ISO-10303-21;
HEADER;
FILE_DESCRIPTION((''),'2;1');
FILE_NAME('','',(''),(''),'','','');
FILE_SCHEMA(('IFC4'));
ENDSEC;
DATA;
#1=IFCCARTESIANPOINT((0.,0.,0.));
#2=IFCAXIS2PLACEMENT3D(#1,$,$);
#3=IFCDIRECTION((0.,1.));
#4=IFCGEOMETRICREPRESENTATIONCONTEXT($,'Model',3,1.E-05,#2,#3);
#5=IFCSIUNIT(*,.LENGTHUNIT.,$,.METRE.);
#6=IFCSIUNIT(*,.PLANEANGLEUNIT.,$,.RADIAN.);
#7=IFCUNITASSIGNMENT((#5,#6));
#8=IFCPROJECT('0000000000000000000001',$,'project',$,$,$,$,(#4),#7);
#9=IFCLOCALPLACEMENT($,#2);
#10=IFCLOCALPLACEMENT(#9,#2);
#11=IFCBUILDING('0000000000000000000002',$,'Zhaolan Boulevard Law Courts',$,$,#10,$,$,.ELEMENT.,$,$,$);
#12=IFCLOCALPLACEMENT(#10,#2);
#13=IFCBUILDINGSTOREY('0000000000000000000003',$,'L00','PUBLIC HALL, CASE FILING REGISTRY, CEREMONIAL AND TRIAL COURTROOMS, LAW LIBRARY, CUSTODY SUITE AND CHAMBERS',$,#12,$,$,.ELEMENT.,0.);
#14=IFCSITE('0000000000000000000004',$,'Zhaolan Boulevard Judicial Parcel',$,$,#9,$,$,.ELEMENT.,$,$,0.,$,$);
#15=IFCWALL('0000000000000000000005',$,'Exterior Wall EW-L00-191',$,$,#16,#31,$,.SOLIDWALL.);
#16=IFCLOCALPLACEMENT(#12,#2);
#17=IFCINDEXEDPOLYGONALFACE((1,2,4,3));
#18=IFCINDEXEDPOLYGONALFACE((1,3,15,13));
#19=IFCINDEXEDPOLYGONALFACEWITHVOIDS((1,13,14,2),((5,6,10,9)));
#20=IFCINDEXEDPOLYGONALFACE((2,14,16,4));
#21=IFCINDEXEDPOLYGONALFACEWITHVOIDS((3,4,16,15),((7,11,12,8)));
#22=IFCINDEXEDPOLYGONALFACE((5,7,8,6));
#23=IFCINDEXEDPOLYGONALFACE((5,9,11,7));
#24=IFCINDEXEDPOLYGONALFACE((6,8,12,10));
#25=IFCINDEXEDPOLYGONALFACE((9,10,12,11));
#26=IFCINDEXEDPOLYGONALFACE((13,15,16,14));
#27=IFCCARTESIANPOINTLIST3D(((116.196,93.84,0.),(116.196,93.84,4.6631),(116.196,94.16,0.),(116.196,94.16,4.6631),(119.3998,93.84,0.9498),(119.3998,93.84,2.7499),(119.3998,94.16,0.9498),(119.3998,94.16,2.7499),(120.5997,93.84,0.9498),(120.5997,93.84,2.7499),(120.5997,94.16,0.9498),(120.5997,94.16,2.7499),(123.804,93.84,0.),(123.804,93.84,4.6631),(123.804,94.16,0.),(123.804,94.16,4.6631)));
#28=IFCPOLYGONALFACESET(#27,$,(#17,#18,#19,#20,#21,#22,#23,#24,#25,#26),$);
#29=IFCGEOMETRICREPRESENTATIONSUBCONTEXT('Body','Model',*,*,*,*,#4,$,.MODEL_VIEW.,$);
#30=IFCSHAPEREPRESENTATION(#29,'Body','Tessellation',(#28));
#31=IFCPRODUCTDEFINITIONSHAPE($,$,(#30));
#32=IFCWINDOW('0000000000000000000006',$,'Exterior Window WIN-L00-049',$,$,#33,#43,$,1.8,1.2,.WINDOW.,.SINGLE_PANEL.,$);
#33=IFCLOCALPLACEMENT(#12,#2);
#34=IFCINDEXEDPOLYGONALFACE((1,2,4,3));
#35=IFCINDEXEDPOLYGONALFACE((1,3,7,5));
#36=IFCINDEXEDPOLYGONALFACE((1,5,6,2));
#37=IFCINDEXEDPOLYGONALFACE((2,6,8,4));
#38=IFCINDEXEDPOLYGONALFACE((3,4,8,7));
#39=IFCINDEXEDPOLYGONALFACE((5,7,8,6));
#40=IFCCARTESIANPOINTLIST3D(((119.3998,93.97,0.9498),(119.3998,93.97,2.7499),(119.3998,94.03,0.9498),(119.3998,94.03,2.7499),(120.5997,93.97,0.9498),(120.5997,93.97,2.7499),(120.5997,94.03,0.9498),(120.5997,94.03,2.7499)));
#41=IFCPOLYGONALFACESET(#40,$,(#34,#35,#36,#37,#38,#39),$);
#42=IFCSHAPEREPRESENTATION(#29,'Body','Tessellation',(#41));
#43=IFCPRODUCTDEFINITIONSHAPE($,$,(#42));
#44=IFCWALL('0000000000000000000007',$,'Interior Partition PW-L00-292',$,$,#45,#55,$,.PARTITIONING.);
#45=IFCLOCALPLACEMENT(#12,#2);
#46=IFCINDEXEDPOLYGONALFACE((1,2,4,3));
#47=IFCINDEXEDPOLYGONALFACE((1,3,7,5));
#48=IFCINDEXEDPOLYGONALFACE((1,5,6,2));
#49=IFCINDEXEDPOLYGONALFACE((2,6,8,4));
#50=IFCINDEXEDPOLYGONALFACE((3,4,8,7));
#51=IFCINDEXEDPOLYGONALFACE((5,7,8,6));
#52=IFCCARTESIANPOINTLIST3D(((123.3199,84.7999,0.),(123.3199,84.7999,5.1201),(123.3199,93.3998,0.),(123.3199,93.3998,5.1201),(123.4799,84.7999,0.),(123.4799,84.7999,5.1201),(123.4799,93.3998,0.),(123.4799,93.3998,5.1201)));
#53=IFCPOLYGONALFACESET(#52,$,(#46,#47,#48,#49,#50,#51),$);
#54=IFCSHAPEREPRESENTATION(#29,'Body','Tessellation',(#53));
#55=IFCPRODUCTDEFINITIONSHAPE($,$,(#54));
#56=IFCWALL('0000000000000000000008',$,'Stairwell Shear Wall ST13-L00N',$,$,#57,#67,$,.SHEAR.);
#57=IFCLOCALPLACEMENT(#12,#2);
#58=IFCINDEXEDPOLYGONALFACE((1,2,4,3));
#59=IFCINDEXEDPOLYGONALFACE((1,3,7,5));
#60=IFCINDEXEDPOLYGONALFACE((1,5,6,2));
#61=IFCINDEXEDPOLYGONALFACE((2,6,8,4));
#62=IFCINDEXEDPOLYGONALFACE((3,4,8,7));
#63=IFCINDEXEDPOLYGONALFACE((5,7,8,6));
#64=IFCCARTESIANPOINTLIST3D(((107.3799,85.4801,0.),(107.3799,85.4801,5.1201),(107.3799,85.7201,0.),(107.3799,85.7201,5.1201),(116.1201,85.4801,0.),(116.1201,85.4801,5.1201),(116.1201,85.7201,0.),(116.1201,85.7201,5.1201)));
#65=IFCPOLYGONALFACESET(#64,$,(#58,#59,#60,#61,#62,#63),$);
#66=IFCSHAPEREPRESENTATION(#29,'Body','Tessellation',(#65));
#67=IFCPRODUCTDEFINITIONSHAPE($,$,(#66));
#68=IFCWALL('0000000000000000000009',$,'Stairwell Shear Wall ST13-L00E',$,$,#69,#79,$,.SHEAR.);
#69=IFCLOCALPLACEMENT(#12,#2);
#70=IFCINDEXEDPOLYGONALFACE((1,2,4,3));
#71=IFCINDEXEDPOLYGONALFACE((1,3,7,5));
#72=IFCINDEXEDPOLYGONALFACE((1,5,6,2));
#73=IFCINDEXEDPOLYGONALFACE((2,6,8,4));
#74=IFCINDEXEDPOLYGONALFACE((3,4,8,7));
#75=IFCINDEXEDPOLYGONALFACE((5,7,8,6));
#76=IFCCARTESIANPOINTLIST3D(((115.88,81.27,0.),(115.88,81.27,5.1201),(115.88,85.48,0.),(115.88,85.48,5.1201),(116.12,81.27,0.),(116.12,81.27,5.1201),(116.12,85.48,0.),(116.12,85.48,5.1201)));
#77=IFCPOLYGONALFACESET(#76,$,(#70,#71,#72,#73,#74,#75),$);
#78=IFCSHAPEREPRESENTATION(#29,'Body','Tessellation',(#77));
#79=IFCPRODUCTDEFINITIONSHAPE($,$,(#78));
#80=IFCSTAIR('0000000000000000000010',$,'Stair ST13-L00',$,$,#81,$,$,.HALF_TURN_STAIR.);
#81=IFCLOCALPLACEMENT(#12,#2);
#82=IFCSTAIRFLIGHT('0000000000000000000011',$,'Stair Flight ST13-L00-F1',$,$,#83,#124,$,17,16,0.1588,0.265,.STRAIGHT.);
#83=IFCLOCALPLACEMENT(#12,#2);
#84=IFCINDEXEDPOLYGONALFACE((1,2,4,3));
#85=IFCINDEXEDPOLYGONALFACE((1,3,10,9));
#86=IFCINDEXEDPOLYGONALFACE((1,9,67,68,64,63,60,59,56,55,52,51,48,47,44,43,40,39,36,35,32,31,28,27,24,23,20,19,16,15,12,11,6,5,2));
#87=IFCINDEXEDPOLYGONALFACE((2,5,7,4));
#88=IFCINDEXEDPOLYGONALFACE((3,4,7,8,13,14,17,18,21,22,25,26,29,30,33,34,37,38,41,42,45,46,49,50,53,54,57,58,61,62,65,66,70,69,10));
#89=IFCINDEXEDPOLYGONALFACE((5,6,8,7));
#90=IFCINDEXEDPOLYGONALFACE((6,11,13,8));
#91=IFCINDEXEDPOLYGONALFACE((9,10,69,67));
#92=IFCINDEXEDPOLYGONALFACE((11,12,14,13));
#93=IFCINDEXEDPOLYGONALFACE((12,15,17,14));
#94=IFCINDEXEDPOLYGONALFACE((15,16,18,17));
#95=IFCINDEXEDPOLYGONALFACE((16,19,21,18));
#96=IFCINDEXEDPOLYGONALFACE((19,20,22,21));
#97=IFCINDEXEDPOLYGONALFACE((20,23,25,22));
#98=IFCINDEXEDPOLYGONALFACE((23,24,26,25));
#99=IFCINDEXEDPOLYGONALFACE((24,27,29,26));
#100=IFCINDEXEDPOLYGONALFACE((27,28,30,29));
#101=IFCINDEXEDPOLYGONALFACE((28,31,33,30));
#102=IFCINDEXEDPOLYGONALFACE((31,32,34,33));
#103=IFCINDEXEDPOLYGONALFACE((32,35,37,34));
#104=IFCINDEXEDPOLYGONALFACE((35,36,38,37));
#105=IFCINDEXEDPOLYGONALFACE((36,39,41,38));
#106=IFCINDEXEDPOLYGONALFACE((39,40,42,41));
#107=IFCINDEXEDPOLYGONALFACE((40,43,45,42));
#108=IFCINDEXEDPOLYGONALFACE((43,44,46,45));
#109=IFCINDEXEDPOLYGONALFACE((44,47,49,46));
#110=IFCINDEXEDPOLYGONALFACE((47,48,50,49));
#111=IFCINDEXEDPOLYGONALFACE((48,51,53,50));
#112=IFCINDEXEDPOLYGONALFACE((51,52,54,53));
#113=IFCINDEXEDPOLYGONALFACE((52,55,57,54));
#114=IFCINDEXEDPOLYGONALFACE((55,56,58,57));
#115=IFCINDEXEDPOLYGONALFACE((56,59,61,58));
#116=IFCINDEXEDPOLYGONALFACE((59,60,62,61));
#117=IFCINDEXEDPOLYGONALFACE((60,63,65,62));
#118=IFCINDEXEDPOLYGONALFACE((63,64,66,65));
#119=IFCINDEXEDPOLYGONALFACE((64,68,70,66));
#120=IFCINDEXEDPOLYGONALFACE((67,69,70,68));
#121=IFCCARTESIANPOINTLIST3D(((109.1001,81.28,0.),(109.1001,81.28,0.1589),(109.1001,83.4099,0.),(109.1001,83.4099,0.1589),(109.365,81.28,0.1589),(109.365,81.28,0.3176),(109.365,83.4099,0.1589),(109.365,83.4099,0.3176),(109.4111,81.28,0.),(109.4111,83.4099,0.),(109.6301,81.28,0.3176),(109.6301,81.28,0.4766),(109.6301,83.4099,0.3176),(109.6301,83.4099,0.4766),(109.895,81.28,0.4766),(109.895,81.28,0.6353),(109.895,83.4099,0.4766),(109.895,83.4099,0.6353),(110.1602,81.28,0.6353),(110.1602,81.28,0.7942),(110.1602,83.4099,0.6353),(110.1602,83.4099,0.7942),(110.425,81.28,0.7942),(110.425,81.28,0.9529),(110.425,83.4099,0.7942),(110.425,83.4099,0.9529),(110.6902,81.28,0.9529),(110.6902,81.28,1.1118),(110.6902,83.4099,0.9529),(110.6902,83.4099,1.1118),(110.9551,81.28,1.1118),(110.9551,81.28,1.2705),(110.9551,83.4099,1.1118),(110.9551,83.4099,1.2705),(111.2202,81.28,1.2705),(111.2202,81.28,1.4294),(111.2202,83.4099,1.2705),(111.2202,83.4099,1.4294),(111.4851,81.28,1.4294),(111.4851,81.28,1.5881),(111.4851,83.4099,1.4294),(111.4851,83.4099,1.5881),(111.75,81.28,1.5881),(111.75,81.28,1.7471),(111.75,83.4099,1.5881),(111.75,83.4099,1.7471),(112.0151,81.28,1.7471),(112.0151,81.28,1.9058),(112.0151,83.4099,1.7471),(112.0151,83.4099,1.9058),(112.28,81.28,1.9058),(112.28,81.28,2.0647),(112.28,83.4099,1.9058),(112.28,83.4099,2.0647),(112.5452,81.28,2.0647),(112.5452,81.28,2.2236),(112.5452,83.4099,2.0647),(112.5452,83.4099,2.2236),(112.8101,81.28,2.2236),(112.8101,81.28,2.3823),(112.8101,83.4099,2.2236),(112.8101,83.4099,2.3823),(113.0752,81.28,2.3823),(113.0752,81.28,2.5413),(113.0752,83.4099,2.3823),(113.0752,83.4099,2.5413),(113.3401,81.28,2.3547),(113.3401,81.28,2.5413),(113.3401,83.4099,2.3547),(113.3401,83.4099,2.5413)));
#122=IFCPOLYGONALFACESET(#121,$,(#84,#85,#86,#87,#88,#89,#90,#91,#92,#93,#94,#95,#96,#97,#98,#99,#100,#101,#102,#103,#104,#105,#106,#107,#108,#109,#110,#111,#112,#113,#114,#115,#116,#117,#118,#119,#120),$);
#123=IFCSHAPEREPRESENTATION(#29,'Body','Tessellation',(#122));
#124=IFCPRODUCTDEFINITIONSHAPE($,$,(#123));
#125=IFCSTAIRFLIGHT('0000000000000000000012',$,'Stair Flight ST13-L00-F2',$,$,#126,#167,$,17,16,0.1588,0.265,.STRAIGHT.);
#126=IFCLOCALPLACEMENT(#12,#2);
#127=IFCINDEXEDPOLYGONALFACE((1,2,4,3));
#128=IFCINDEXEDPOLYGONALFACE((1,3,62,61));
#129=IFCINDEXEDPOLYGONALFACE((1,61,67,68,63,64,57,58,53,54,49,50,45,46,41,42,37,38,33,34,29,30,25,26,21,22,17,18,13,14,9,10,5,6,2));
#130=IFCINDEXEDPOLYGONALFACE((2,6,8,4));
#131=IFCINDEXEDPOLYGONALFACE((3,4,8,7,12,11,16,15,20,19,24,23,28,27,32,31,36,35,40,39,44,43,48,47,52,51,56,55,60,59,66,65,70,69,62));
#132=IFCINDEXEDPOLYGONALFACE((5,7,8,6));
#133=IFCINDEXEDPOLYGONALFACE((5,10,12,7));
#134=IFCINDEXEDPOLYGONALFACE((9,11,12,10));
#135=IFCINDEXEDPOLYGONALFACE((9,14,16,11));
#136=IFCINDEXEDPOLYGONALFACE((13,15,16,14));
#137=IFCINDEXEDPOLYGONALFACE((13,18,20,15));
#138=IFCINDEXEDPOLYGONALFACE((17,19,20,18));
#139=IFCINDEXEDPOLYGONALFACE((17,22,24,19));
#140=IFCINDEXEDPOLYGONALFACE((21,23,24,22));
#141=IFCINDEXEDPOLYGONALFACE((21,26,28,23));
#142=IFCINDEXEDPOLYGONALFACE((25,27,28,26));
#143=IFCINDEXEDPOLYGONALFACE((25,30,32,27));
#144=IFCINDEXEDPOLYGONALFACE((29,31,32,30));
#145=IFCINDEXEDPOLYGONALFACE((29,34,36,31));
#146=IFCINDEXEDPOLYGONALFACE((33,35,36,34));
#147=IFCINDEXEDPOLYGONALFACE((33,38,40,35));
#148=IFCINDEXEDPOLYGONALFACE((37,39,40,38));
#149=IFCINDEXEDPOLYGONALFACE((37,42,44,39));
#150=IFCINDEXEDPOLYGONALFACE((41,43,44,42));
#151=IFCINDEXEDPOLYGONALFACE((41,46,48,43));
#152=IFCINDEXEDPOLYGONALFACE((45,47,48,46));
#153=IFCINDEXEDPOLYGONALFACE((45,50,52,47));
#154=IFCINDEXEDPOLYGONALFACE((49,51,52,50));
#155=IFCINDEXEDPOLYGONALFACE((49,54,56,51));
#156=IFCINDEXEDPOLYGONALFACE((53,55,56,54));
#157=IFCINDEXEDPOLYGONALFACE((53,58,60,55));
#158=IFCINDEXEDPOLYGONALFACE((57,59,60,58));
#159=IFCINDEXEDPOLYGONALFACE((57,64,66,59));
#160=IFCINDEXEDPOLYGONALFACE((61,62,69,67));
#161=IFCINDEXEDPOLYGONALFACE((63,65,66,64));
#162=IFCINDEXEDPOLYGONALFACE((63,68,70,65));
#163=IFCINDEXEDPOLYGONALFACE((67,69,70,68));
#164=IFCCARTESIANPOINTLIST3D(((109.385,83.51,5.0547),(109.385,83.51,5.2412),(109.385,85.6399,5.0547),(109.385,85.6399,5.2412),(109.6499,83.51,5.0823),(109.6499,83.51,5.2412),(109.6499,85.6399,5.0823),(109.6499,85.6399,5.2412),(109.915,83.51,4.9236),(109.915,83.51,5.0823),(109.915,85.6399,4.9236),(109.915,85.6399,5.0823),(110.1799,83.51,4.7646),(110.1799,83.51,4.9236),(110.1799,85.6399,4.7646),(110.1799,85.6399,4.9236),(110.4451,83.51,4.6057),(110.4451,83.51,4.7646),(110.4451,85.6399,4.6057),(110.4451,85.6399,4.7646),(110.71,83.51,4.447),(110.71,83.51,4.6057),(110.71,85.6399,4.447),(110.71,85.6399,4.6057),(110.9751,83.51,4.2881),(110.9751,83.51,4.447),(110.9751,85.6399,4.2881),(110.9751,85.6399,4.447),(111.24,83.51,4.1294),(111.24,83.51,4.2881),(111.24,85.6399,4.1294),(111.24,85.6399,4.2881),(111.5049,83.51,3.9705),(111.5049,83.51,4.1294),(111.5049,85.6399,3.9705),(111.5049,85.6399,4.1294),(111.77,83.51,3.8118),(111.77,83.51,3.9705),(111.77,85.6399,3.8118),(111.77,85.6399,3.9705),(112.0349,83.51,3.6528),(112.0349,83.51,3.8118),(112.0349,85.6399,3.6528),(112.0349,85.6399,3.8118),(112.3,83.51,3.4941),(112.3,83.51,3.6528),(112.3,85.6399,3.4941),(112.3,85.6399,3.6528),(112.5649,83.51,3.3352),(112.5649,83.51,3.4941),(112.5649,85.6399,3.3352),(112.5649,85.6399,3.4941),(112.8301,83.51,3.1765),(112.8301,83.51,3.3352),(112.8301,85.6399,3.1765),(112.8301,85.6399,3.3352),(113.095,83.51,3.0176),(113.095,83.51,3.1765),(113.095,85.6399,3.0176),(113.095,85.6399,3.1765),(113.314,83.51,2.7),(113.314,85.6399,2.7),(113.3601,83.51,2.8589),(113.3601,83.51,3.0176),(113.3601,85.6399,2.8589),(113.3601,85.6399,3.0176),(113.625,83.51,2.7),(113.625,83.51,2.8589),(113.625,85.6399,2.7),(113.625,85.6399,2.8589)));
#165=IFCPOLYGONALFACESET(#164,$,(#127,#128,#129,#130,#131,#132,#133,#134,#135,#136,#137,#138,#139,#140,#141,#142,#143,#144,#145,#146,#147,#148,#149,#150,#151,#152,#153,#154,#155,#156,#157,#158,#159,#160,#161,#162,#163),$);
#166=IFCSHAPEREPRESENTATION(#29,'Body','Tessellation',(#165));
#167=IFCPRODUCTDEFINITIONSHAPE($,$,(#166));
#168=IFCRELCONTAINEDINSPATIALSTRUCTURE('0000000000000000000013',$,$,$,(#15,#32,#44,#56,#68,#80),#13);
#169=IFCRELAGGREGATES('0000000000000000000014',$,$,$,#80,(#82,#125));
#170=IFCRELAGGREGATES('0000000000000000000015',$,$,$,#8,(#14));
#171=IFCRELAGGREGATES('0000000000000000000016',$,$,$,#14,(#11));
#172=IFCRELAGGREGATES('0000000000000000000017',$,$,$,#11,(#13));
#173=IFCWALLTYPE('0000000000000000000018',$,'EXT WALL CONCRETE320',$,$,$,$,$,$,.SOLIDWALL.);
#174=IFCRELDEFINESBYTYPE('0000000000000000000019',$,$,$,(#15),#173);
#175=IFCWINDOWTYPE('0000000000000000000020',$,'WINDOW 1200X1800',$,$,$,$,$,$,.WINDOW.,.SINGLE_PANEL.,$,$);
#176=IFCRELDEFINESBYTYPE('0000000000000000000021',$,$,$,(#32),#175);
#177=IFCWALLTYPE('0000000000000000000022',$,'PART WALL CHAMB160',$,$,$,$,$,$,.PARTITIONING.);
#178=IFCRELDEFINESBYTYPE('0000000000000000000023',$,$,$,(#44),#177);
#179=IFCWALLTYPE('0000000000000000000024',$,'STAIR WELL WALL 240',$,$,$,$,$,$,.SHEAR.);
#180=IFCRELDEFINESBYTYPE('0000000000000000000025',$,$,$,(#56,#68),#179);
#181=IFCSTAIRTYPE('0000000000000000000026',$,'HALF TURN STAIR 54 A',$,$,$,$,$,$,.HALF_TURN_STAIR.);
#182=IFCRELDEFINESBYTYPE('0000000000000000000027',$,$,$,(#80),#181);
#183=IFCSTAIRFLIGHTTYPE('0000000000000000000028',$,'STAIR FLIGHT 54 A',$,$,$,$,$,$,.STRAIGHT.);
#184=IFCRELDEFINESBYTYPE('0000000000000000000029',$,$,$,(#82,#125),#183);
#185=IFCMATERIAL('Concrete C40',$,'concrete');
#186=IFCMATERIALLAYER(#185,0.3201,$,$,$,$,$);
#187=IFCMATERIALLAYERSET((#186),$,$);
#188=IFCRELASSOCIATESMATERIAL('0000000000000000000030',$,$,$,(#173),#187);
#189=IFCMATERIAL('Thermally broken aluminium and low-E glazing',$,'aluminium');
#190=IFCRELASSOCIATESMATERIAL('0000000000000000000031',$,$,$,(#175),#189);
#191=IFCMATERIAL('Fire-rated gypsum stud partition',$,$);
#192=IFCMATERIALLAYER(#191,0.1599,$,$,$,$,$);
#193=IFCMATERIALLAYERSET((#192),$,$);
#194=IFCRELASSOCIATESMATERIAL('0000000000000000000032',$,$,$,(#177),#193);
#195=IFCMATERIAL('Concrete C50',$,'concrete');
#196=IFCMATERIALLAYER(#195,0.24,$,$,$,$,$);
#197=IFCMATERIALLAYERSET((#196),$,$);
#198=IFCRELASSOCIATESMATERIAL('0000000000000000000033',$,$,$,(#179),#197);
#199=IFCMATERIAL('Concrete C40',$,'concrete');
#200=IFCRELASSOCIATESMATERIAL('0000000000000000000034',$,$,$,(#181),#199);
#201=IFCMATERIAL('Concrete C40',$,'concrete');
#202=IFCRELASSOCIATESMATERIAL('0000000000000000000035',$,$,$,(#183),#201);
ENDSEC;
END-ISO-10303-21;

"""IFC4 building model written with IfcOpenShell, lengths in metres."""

from ifc_helpers import new_model, si_unit, direction, frame, frame_2d, origin, place, context, subcontext, project, spatial, polyline, rectangle, outline, extrude, material, layer, layer_set, type_object, element, fill, aggregate, save


model = new_model("IFC4")

# Units and contexts
model_context = context("Model", 3, precision=1e-05, world=origin(), true_north=direction((0.0, 1.0)))
body_context = subcontext(model_context, "Body", "Model", "MODEL_VIEW")
ifc_project = project(units=[si_unit("LENGTHUNIT", "METRE"), si_unit("PLANEANGLEUNIT", "RADIAN")], contexts=[model_context])

# Site, building, storey
site_placement = place(None, origin())
site = spatial("IfcSite", under=ifc_project, at=site_placement, Name="Zhaolan Boulevard Judicial Parcel", CompositionType="ELEMENT", RefElevation=0.0)
building_placement = place(site_placement, origin())
building = spatial("IfcBuilding", under=site, at=building_placement, Name="Zhaolan Boulevard Law Courts", CompositionType="ELEMENT")
storey_placement = place(building_placement, origin())
storey = spatial("IfcBuildingStorey", under=building, at=storey_placement, Name="L00", Description="PUBLIC HALL, CASE FILING REGISTRY, CEREMONIAL AND TRIAL COURTROOMS, LAW LIBRARY, CUSTODY SUITE AND CHAMBERS", CompositionType="ELEMENT", Elevation=0.0)

# Wall, opening, window
ifc_material_1 = material(Name="Concrete C40", Category="concrete")
ifc_layer_1 = layer(ifc_material_1, 0.3201)
ifc_layer_set_1 = layer_set([ifc_layer_1])
wall_type_1 = type_object("IfcWallType", Name="EXT WALL CONCRETE320", PredefinedType="SOLIDWALL", material=ifc_layer_set_1)
wall_1_placement = place(storey_placement, frame((123.804, 94.0, 0.0), z_axis=(0.0, 0.0, 1.0), x_axis=(-1.0, 0.0, 0.0)))
wall_1 = element("IfcWall", 1, at=wall_1_placement, inside=storey, type_object=wall_type_1, Name="Exterior Wall EW-L00-191", PredefinedType="SOLIDWALL", context=body_context, shape_type="SweptSolid", body=[
    extrude(rectangle(XDim=7.6079, YDim=0.3201, at=frame_2d((3.804, 0.0))), origin(), (0.0, 0.0, 1.0), 4.6631),
])
opening_1_placement = place(wall_1_placement, frame((3.2041, 0.0, 0.95)))
opening_1 = element("IfcOpeningElement", 2, at=opening_1_placement, cuts=wall_1, PredefinedType="OPENING", context=body_context, shape_type="SweptSolid", body=[
    extrude(rectangle(XDim=1.2, YDim=1.8, at=frame_2d((0.6001, 0.8999))), frame((0.0, 0.1699, 0.0), z_axis=(0.0, -1.0, 0.0), x_axis=(1.0, 0.0, 0.0)), (0.0, 0.0, 1.0), 0.3401),
])
ifc_material_2 = material(Name="Thermally broken aluminium and low-E glazing", Category="aluminium")
window_type_1 = type_object("IfcWindowType", Name="WINDOW 1200X1800", PartitioningType="SINGLE_PANEL", PredefinedType="WINDOW", material=ifc_material_2)
window_1_placement = place(opening_1_placement, origin())
window_1 = element("IfcWindow", 3, at=window_1_placement, inside=storey, type_object=window_type_1, Name="Exterior Window WIN-L00-049", OverallHeight=1.8, OverallWidth=1.2, PartitioningType="SINGLE_PANEL", PredefinedType="WINDOW", context=body_context, shape_type="SweptSolid", body=[
    extrude(rectangle(XDim=1.2, YDim=1.8, at=frame_2d((0.6001, 0.8999))), frame((0.0, 0.03, 0.0), z_axis=(0.0, -1.0, 0.0), x_axis=(1.0, 0.0, 0.0)), (0.0, 0.0, 1.0), 0.0601),
])
fill(opening_1, window_1)

# Walls
ifc_material_3 = material(Name="Fire-rated gypsum stud partition")
ifc_layer_2 = layer(ifc_material_3, 0.1599)
ifc_layer_set_2 = layer_set([ifc_layer_2])
wall_type_2 = type_object("IfcWallType", Name="PART WALL CHAMB160", PredefinedType="PARTITIONING", material=ifc_layer_set_2)
wall_2_placement = place(storey_placement, frame((123.3999, 84.8, 0.0), z_axis=(0.0, 0.0, 1.0), x_axis=(0.0, 1.0, 0.0)))
element("IfcWall", 4, at=wall_2_placement, inside=storey, type_object=wall_type_2, Name="Interior Partition PW-L00-292", PredefinedType="PARTITIONING", context=body_context, shape_type="SweptSolid", body=[
    extrude(rectangle(XDim=8.5999, YDim=0.1599, at=frame_2d((4.2998, 0.0))), origin(), (0.0, 0.0, 1.0), 5.1201),
])
ifc_material_4 = material(Name="Concrete C50", Category="concrete")
ifc_layer_3 = layer(ifc_material_4, 0.24)
ifc_layer_set_3 = layer_set([ifc_layer_3])
wall_type_3 = type_object("IfcWallType", Name="STAIR WELL WALL 240", PredefinedType="SHEAR", material=ifc_layer_set_3)
wall_3_placement = place(storey_placement, frame((116.1201, 85.6001, 0.0), z_axis=(0.0, 0.0, 1.0), x_axis=(-1.0, 0.0, 0.0)))
element("IfcWall", 5, at=wall_3_placement, inside=storey, type_object=wall_type_3, Name="Stairwell Shear Wall ST13-L00N", PredefinedType="SHEAR", context=body_context, shape_type="SweptSolid", body=[
    extrude(rectangle(XDim=8.7402, YDim=0.24, at=frame_2d((4.3701, 0.0))), origin(), (0.0, 0.0, 1.0), 5.1201),
])
wall_4_placement = place(storey_placement, frame((116.0, 81.27, 0.0), z_axis=(0.0, 0.0, 1.0), x_axis=(0.0, 1.0, 0.0)))
element("IfcWall", 6, at=wall_4_placement, inside=storey, type_object=wall_type_3, Name="Stairwell Shear Wall ST13-L00E", PredefinedType="SHEAR", context=body_context, shape_type="SweptSolid", body=[
    extrude(rectangle(XDim=4.21, YDim=0.24, at=frame_2d((2.105, 0.0))), origin(), (0.0, 0.0, 1.0), 5.1201),
])

# Stair, stair flights
ifc_material_5 = material(Name="Concrete C40", Category="concrete")
stair_type = type_object("IfcStairType", Name="HALF TURN STAIR 54 A", PredefinedType="HALF_TURN_STAIR", material=ifc_material_5)
stair_placement = place(storey_placement, origin())
stair = element("IfcStair", 7, at=stair_placement, inside=storey, type_object=stair_type, Name="Stair ST13-L00", PredefinedType="HALF_TURN_STAIR")
ifc_material_6 = material(Name="Concrete C40", Category="concrete")
stair_flight_type = type_object("IfcStairFlightType", Name="STAIR FLIGHT 54 A", PredefinedType="STRAIGHT", material=ifc_material_6)
stair_flight_1_placement = place(storey_placement, frame((109.1001, 82.345, 0.0), z_axis=(0.0, 0.0, 1.0), x_axis=(1.0, 0.0, 0.0)))
stair_flight_1 = element("IfcStairFlight", 8, at=stair_flight_1_placement, type_object=stair_flight_type, Name="Stair Flight ST13-L00-F1", NumberOfRisers=17, NumberOfTreads=16, PredefinedType="STRAIGHT", RiserHeight=0.1588, TreadLength=0.265, context=body_context, shape_type="SweptSolid", body=[
    extrude(outline(polyline([(0.0, 0.0), (0.0, 0.1589), (0.2649, 0.1589), (0.2649, 0.3176), (0.53, 0.3176), (0.53, 0.4766), (0.7949, 0.4766), (0.7949, 0.6353), (1.0601, 0.6353), (1.0601, 0.7942), (1.325, 0.7942), (1.325, 0.9529), (1.5901, 0.9529), (1.5901, 1.1118), (1.855, 1.1118), (1.855, 1.2705), (2.1201, 1.2705), (2.1201, 1.4294), (2.385, 1.4294), (2.385, 1.5881), (2.6499, 1.5881), (2.6499, 1.7471), (2.915, 1.7471), (2.915, 1.9058), (3.1799, 1.9058), (3.1799, 2.0647), (3.4451, 2.0647), (3.4451, 2.2236), (3.71, 2.2236), (3.71, 2.3823), (3.9751, 2.3823), (3.9751, 2.5413), (4.24, 2.5413), (4.24, 2.7), (4.24, 2.3547), (0.311, 0.0), (0.0, 0.0)])), frame((0.0, 1.0649, 0.0), z_axis=(0.0, -1.0, 0.0), x_axis=(1.0, 0.0, 0.0)), (0.0, 0.0, 1.0), 2.1299),
])
stair_flight_2_placement = place(storey_placement, frame((113.625, 84.575, 2.7), z_axis=(0.0, 0.0, 1.0), x_axis=(-1.0, 0.0, 0.0)))
stair_flight_2 = element("IfcStairFlight", 9, at=stair_flight_2_placement, type_object=stair_flight_type, Name="Stair Flight ST13-L00-F2", NumberOfRisers=17, NumberOfTreads=16, PredefinedType="STRAIGHT", RiserHeight=0.1588, TreadLength=0.265, context=body_context, shape_type="SweptSolid", body=[
    extrude(outline(polyline([(0.0, 0.0), (0.0, 0.1589), (0.2649, 0.1589), (0.2649, 0.3176), (0.53, 0.3176), (0.53, 0.4766), (0.7949, 0.4766), (0.7949, 0.6353), (1.0601, 0.6353), (1.0601, 0.7942), (1.325, 0.7942), (1.325, 0.9529), (1.5901, 0.9529), (1.5901, 1.1118), (1.855, 1.1118), (1.855, 1.2705), (2.1201, 1.2705), (2.1201, 1.4294), (2.385, 1.4294), (2.385, 1.5881), (2.6499, 1.5881), (2.6499, 1.7471), (2.915, 1.7471), (2.915, 1.9058), (3.1799, 1.9058), (3.1799, 2.0647), (3.4451, 2.0647), (3.4451, 2.2236), (3.71, 2.2236), (3.71, 2.3823), (3.9751, 2.3823), (3.9751, 2.5413), (4.24, 2.5413), (4.24, 2.7), (4.24, 2.3547), (0.311, 0.0), (0.0, 0.0)])), frame((0.0, 1.0649, 0.0), z_axis=(0.0, -1.0, 0.0), x_axis=(1.0, 0.0, 0.0)), (0.0, 0.0, 1.0), 2.1299),
])
aggregate(stair, [stair_flight_1, stair_flight_2])

save(model, "model.ifc")
